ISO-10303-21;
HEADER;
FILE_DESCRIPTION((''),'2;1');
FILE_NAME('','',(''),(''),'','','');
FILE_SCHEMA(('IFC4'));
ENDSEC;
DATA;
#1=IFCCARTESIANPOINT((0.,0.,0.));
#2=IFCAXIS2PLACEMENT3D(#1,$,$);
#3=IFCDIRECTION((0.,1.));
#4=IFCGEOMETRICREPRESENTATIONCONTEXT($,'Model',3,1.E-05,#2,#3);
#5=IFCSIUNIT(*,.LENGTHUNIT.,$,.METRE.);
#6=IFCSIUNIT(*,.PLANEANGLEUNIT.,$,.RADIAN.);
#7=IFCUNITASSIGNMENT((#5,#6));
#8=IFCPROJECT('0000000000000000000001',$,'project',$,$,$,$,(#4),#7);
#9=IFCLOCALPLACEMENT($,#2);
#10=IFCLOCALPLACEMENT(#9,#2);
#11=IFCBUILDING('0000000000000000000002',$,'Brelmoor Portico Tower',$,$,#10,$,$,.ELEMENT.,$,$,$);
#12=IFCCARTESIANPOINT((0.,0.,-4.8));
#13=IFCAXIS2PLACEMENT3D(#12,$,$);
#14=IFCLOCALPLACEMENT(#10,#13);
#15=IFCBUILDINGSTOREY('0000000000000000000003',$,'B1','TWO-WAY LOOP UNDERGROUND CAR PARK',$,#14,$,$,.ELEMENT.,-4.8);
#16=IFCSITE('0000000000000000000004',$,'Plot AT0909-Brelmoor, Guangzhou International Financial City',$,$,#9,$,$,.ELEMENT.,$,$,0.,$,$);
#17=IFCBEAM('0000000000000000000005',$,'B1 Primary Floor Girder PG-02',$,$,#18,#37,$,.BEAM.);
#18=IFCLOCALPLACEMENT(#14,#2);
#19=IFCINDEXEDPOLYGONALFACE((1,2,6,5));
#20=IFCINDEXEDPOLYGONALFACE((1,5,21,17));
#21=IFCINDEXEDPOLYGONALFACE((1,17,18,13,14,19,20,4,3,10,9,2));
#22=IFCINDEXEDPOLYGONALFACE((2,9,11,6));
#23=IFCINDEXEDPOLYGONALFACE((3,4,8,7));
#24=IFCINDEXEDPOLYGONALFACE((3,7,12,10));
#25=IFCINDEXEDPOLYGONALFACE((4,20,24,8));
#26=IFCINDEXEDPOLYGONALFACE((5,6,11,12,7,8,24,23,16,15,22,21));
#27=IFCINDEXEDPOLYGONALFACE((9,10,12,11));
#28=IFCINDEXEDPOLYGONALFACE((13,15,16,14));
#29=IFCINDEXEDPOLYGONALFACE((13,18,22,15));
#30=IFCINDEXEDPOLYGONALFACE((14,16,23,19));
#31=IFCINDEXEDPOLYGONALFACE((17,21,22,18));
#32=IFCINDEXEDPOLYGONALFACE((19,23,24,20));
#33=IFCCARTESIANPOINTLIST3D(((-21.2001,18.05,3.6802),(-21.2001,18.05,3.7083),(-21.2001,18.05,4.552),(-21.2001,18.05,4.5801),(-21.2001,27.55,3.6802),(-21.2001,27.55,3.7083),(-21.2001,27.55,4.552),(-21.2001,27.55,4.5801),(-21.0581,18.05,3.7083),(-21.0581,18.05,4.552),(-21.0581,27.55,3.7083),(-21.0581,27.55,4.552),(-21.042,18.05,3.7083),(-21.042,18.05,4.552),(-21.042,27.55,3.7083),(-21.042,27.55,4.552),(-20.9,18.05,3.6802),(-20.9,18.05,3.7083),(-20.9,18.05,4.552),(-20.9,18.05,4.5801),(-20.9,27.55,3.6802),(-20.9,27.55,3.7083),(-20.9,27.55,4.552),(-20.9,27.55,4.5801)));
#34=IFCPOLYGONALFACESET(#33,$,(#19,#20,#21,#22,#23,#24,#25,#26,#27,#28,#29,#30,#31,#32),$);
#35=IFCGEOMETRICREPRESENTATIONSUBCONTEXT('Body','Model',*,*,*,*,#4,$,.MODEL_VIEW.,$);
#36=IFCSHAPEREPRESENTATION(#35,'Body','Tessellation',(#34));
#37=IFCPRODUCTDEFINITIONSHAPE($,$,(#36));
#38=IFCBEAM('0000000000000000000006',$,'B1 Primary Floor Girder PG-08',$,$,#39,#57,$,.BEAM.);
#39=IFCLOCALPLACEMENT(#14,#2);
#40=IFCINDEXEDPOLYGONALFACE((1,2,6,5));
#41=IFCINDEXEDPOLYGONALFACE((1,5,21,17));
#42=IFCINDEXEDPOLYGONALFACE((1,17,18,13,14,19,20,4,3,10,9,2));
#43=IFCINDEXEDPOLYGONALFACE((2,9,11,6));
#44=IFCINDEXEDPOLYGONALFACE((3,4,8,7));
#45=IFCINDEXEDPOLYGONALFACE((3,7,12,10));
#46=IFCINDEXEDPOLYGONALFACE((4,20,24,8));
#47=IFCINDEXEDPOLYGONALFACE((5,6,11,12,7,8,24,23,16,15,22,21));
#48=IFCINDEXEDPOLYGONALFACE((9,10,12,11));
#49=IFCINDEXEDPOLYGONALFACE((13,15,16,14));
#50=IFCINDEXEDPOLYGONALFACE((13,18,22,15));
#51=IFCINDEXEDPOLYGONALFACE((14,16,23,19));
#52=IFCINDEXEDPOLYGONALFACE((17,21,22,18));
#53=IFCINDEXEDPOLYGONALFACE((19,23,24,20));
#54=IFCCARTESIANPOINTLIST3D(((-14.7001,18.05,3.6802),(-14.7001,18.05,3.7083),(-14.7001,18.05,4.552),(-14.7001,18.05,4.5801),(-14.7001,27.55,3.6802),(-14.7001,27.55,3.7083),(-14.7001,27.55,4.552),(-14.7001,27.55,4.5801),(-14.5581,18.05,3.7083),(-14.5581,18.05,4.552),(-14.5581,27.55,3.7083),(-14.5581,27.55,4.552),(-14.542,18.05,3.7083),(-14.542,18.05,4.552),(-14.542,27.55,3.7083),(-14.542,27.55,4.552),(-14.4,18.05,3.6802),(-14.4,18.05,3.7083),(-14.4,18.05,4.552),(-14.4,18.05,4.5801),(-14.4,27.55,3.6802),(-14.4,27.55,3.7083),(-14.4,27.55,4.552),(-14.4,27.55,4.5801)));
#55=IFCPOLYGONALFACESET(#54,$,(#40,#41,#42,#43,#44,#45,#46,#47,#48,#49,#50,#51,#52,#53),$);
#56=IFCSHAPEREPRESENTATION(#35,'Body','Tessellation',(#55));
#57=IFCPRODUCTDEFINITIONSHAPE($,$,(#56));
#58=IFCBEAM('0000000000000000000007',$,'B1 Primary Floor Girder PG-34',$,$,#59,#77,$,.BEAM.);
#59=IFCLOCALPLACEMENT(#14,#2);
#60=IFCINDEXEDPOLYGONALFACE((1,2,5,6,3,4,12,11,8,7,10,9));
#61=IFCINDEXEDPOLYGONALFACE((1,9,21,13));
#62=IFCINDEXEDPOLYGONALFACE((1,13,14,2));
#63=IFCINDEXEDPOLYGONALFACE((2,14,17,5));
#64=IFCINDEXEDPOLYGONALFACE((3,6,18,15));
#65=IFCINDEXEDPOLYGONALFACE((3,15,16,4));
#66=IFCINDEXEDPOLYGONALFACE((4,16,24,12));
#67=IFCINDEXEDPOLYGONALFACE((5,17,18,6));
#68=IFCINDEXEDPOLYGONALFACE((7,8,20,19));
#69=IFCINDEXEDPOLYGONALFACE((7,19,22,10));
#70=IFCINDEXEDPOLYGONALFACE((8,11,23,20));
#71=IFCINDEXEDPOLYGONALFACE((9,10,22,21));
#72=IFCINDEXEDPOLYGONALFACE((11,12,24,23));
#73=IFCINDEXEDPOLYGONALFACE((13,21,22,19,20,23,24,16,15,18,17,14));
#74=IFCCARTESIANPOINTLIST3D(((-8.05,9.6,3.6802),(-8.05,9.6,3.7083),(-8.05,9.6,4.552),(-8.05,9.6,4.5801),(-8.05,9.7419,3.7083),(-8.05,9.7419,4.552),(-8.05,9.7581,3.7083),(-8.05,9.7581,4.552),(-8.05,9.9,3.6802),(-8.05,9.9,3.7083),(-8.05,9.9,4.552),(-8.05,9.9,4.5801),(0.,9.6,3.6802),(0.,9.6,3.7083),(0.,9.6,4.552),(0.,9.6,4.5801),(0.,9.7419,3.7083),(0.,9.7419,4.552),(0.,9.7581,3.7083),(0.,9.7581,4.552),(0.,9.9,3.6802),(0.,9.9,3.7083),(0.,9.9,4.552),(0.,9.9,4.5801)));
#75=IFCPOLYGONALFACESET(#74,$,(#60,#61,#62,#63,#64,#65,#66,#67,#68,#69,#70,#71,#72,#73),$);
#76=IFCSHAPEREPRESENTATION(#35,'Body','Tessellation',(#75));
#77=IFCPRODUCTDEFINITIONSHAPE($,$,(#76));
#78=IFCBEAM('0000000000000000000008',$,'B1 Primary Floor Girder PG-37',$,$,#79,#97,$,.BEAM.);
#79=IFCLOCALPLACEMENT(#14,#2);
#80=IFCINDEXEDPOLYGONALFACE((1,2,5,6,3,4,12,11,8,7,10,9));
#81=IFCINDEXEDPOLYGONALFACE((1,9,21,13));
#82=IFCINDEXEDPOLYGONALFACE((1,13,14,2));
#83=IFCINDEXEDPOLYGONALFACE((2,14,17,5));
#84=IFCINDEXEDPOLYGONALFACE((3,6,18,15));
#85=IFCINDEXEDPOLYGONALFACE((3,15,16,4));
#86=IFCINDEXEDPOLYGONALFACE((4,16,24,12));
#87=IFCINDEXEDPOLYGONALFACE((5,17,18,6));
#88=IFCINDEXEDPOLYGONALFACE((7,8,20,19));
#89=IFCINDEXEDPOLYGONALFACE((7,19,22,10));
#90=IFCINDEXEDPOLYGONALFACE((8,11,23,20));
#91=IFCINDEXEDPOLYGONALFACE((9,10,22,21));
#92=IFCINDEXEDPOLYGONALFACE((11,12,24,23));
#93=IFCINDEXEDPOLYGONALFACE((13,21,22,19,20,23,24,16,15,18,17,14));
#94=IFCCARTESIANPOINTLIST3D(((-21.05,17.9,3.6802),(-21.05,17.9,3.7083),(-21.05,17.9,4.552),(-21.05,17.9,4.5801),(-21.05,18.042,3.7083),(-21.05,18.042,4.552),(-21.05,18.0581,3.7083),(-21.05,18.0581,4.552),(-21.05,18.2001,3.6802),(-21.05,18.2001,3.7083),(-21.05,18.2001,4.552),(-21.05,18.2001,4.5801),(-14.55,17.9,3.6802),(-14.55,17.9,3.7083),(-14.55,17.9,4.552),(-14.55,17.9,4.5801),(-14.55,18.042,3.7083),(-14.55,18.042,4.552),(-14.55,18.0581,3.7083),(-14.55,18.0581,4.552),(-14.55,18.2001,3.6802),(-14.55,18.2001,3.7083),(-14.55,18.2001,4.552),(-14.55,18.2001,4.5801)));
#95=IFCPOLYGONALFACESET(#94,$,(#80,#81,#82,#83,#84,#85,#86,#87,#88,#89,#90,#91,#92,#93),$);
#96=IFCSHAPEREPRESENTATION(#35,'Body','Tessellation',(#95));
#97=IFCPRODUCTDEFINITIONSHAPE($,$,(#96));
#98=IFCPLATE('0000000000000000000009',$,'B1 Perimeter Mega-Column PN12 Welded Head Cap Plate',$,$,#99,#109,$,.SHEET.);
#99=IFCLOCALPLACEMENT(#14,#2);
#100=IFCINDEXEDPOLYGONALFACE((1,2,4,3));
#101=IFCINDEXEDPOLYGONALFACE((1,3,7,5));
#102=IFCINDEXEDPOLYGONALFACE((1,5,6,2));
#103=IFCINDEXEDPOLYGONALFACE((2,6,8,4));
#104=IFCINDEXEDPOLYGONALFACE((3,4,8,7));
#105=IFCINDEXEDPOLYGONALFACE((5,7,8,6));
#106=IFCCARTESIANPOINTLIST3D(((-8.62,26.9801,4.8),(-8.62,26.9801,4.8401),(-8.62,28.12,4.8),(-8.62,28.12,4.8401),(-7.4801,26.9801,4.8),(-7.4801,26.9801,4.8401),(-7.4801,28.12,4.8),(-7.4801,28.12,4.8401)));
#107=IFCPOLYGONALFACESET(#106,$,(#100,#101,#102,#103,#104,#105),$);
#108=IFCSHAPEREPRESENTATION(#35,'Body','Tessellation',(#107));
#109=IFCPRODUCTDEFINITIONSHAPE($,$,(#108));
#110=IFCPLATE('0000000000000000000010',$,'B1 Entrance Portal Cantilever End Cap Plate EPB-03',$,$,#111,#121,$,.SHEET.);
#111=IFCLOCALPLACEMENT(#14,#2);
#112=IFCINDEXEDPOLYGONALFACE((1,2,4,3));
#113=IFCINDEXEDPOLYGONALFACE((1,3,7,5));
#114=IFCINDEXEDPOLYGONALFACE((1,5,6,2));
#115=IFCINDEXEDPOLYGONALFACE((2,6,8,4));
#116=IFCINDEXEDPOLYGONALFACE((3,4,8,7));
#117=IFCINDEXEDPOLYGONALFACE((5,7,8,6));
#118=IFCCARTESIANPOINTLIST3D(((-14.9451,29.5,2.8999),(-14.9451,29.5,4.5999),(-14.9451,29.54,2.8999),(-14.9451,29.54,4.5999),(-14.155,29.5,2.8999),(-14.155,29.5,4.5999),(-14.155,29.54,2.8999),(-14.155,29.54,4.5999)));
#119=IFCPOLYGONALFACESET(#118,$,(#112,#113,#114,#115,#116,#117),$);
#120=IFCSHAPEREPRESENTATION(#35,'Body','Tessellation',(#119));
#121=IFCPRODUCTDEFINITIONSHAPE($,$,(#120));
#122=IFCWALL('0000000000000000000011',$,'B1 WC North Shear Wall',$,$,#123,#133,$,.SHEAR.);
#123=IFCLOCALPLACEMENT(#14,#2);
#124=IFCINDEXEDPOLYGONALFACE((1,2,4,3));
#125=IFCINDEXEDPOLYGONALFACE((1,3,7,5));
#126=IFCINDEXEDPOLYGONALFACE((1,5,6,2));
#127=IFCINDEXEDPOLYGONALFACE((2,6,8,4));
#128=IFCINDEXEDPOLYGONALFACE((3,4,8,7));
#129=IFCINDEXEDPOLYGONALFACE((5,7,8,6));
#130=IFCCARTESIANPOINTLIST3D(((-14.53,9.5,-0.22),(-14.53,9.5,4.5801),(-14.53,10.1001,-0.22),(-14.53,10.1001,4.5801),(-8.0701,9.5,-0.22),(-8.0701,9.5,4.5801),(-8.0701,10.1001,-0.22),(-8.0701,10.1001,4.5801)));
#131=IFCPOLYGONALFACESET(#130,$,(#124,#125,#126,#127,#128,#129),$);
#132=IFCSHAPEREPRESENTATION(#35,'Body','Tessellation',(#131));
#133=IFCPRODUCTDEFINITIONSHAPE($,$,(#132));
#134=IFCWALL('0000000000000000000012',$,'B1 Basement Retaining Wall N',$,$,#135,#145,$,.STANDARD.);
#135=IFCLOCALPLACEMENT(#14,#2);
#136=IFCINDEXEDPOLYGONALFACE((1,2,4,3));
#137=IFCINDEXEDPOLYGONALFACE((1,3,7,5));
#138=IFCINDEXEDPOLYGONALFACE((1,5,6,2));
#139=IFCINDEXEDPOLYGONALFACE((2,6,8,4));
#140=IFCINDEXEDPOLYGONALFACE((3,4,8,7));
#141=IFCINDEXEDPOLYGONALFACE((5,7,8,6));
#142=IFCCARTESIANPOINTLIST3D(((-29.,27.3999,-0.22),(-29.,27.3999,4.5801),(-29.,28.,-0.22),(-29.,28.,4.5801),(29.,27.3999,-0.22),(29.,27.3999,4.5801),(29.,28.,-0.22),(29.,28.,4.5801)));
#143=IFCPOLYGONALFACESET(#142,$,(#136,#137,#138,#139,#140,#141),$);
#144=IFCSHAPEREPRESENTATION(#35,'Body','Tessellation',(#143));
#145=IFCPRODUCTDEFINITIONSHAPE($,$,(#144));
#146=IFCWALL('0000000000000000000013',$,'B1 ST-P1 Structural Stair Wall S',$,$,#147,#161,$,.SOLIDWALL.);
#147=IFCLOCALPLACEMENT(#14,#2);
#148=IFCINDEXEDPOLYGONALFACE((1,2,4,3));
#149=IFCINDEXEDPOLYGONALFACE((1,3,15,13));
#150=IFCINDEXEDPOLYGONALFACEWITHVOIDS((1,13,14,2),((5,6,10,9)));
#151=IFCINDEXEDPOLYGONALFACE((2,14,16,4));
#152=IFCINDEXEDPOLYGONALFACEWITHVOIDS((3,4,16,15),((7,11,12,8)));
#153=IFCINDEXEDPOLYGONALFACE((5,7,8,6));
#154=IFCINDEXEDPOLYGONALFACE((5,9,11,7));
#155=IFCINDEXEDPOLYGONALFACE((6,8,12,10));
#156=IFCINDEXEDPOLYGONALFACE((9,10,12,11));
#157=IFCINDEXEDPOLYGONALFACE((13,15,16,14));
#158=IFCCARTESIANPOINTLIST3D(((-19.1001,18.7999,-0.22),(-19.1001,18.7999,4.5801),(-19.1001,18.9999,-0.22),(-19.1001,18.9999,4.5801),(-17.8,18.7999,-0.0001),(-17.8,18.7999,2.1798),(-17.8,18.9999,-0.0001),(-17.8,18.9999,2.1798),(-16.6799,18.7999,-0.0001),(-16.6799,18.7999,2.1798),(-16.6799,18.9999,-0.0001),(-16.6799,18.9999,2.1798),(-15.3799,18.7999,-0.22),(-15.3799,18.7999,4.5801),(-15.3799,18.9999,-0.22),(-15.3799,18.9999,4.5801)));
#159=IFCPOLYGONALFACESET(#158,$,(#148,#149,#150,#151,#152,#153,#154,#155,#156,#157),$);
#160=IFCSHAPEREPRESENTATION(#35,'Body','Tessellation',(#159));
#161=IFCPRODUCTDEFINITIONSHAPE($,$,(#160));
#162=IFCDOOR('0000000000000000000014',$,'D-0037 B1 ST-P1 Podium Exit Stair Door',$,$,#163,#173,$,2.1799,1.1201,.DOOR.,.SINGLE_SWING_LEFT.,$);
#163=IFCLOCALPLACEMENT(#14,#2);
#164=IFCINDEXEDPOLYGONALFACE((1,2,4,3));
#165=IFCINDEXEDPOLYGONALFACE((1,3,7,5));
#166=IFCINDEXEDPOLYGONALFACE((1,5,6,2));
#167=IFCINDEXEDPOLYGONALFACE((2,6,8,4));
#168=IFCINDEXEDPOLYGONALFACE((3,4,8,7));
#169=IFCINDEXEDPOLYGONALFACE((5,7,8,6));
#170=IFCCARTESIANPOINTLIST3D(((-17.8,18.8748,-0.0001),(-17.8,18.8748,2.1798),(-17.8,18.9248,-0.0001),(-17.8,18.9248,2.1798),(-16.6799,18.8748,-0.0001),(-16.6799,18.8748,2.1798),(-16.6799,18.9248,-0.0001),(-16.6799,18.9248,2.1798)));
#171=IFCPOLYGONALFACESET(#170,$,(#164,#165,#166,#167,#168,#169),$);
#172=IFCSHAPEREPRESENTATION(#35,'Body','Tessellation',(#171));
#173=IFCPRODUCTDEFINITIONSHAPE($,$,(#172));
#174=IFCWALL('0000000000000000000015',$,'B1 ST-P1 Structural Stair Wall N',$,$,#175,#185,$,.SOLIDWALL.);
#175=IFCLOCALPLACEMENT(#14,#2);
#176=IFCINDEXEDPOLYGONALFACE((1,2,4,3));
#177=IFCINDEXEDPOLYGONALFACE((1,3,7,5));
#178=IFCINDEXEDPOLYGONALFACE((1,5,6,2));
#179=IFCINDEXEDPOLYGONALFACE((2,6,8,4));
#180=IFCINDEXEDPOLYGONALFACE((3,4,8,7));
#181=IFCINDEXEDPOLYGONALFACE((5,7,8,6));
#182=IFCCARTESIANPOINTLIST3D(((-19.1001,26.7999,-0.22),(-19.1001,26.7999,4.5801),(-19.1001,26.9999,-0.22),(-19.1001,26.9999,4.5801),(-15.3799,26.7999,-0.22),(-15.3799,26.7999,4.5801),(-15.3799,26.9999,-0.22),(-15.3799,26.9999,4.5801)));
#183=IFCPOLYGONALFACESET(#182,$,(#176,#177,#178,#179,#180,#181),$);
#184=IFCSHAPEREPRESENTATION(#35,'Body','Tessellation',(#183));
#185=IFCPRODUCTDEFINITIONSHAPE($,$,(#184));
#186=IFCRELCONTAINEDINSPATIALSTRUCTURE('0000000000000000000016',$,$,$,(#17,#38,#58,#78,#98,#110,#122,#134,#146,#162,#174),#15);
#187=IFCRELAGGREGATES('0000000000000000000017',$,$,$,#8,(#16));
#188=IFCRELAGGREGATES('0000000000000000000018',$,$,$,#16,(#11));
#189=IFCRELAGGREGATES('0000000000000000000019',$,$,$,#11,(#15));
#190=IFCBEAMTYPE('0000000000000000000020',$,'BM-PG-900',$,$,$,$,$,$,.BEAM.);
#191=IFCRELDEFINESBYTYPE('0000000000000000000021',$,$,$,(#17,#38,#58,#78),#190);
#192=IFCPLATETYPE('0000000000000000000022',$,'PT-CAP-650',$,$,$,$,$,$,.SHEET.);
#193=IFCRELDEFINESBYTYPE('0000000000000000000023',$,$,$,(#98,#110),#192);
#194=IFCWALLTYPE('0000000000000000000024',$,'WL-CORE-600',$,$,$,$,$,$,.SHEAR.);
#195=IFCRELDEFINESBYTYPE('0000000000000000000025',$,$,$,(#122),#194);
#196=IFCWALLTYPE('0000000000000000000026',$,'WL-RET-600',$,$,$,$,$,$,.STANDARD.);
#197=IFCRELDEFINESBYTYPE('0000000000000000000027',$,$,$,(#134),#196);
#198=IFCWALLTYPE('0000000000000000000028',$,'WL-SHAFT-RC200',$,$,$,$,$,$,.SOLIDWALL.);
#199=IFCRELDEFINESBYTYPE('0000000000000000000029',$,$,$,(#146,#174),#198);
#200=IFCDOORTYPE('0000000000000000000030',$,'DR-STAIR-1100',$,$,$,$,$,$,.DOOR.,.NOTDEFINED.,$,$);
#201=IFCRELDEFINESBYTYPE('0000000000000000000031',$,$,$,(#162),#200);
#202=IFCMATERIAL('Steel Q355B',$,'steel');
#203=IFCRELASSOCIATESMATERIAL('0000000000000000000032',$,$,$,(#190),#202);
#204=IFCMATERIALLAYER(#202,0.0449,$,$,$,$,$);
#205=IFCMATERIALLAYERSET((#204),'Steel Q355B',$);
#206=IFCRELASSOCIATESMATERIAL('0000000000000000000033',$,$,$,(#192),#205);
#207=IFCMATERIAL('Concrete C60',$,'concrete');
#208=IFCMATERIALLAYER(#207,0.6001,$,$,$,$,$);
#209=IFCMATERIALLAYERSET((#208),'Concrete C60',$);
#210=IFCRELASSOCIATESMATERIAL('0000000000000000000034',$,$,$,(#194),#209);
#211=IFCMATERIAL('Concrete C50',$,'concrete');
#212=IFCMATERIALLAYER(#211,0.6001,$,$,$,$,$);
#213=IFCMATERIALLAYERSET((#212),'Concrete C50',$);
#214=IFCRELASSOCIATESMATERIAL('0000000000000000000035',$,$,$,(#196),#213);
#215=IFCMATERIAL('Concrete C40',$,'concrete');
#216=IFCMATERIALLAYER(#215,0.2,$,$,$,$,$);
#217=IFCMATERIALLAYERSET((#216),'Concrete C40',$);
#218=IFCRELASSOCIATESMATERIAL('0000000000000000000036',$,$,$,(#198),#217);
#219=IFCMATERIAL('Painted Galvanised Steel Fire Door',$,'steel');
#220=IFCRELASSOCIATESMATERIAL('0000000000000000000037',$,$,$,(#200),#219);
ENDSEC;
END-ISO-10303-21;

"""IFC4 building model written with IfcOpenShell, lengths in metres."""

from ifc_helpers import new_model, si_unit, direction, frame, frame_2d, origin, origin_2d, place, context, subcontext, project, spatial, rectangle, i_section, extrude, material, layer, layer_set, material_profile, profile_set, type_object, element, fill, save


model = new_model("IFC4")

# Units and contexts
model_context = context("Model", 3, precision=1e-05, world=origin(), true_north=direction((0.0, 1.0)))
body_context = subcontext(model_context, "Body", "Model", "MODEL_VIEW")
ifc_project = project(units=[si_unit("LENGTHUNIT", "METRE"), si_unit("PLANEANGLEUNIT", "RADIAN")], contexts=[model_context])

# Site, building, storey
site_placement = place(None, origin())
site = spatial("IfcSite", under=ifc_project, at=site_placement, Name="Plot AT0909-Brelmoor, Guangzhou International Financial City", CompositionType="ELEMENT", RefElevation=0.0)
building_placement = place(site_placement, origin())
building = spatial("IfcBuilding", under=site, at=building_placement, Name="Brelmoor Portico Tower", CompositionType="ELEMENT")
storey_placement = place(building_placement, frame((0.0, 0.0, -4.8)))
storey = spatial("IfcBuildingStorey", under=building, at=storey_placement, Name="B1", Description="TWO-WAY LOOP UNDERGROUND CAR PARK", CompositionType="ELEMENT", Elevation=-4.8)

# Shared definitions
ifc_material_1 = material(Name="Steel Q355B", Category="steel")

# Beams
ifc_material_profile_1 = material_profile(ifc_material_1, i_section(OverallWidth=0.3, OverallDepth=0.8999, WebThickness=0.0161, FlangeThickness=0.0281, at=origin_2d()), Name="HN 900x300x16x28")
ifc_profile_set_1 = profile_set([ifc_material_profile_1], Name="Steel Q355B")
beam_type_1 = type_object("IfcBeamType", Name="BM-PG-900", PredefinedType="BEAM", material=ifc_profile_set_1)
for number, where, z_axis, x_axis, name in (
    (1, (-21.05, 18.05, 4.1301), (0.0, 1.0, 0.0), (-1.0, 0.0, 0.0), "B1 Primary Floor Girder PG-02"),
    (2, (-14.55, 18.05, 4.1301), (0.0, 1.0, 0.0), (-1.0, 0.0, 0.0), "B1 Primary Floor Girder PG-08"),
):
    element("IfcBeam", number, at=place(storey_placement, frame(where, z_axis=z_axis, x_axis=x_axis)), inside=storey, type_object=beam_type_1, Name=name, PredefinedType="BEAM", context=body_context, shape_type="SweptSolid", body=[
        extrude(i_section(OverallWidth=0.3, OverallDepth=0.8999, WebThickness=0.0161, FlangeThickness=0.0281, at=origin_2d()), origin(), (0.0, 0.0, 1.0), 9.5),
    ])
beam_1_placement = place(storey_placement, frame((-8.05, 9.75, 4.1301), z_axis=(1.0, 0.0, 0.0), x_axis=(0.0, 1.0, 0.0)))
element("IfcBeam", 3, at=beam_1_placement, inside=storey, type_object=beam_type_1, Name="B1 Primary Floor Girder PG-34", PredefinedType="BEAM", context=body_context, shape_type="SweptSolid", body=[
    extrude(i_section(OverallWidth=0.3, OverallDepth=0.8999, WebThickness=0.0161, FlangeThickness=0.0281, at=origin_2d()), origin(), (0.0, 0.0, 1.0), 8.05),
])
beam_2_placement = place(storey_placement, frame((-21.05, 18.05, 4.1301), z_axis=(1.0, 0.0, 0.0), x_axis=(0.0, 1.0, 0.0)))
element("IfcBeam", 4, at=beam_2_placement, inside=storey, type_object=beam_type_1, Name="B1 Primary Floor Girder PG-37", PredefinedType="BEAM", context=body_context, shape_type="SweptSolid", body=[
    extrude(i_section(OverallWidth=0.3, OverallDepth=0.8999, WebThickness=0.0161, FlangeThickness=0.0281, at=origin_2d()), origin(), (0.0, 0.0, 1.0), 6.5),
])

# Plates
ifc_layer_1 = layer(ifc_material_1, 0.0449)
ifc_layer_set_1 = layer_set([ifc_layer_1], Name="Steel Q355B")
plate_type = type_object("IfcPlateType", Name="PT-CAP-650", PredefinedType="SHEET", material=ifc_layer_set_1)
plate_1_placement = place(storey_placement, frame((-8.05, 27.55, 4.8), z_axis=(0.0, 0.0, 1.0), x_axis=(1.0, 0.0, 0.0)))
element("IfcPlate", 5, at=plate_1_placement, inside=storey, type_object=plate_type, Name="B1 Perimeter Mega-Column PN12 Welded Head Cap Plate", PredefinedType="SHEET", context=body_context, shape_type="SweptSolid", body=[
    extrude(rectangle(XDim=1.1399, YDim=1.1399, at=origin_2d()), origin(), (0.0, 0.0, 1.0), 0.04),
])
plate_2_placement = place(storey_placement, frame((-14.55, 29.52, 2.8999), z_axis=(0.0, 0.0, 1.0), x_axis=(1.0, 0.0, 0.0)))
element("IfcPlate", 6, at=plate_2_placement, inside=storey, type_object=plate_type, Name="B1 Entrance Portal Cantilever End Cap Plate EPB-03", PredefinedType="SHEET", context=body_context, shape_type="SweptSolid", body=[
    extrude(rectangle(XDim=0.79, YDim=0.04, at=origin_2d()), origin(), (0.0, 0.0, 1.0), 1.7),
])

# Walls
ifc_material_2 = material(Name="Concrete C60", Category="concrete")
ifc_layer_2 = layer(ifc_material_2, 0.6001)
ifc_layer_set_2 = layer_set([ifc_layer_2], Name="Concrete C60")
wall_type_1 = type_object("IfcWallType", Name="WL-CORE-600", PredefinedType="SHEAR", material=ifc_layer_set_2)
wall_1_placement = place(storey_placement, frame((-14.53, 9.8, -0.22), z_axis=(0.0, 0.0, 1.0), x_axis=(1.0, 0.0, 0.0)))
element("IfcWall", 7, at=wall_1_placement, inside=storey, type_object=wall_type_1, Name="B1 WC North Shear Wall", PredefinedType="SHEAR", context=body_context, shape_type="SweptSolid", body=[
    extrude(rectangle(XDim=6.46, YDim=0.6001, at=frame_2d((3.23, 0.0))), origin(), (0.0, 0.0, 1.0), 4.8),
])
ifc_material_3 = material(Name="Concrete C50", Category="concrete")
ifc_layer_3 = layer(ifc_material_3, 0.6001)
ifc_layer_set_3 = layer_set([ifc_layer_3], Name="Concrete C50")
wall_type_2 = type_object("IfcWallType", Name="WL-RET-600", PredefinedType="STANDARD", material=ifc_layer_set_3)
wall_2_placement = place(storey_placement, frame((-29.0, 27.7, -0.22), z_axis=(0.0, 0.0, 1.0), x_axis=(1.0, 0.0, 0.0)))
element("IfcWall", 8, at=wall_2_placement, inside=storey, type_object=wall_type_2, Name="B1 Basement Retaining Wall N", PredefinedType="STANDARD", context=body_context, shape_type="SweptSolid", body=[
    extrude(rectangle(XDim=58.0, YDim=0.6001, at=frame_2d((29.0, 0.0))), origin(), (0.0, 0.0, 1.0), 4.8),
])

# Wall, opening, door
ifc_material_4 = material(Name="Concrete C40", Category="concrete")
ifc_layer_4 = layer(ifc_material_4, 0.2)
ifc_layer_set_4 = layer_set([ifc_layer_4], Name="Concrete C40")
wall_type_3 = type_object("IfcWallType", Name="WL-SHAFT-RC200", PredefinedType="SOLIDWALL", material=ifc_layer_set_4)
wall_3_placement = place(storey_placement, frame((-19.1001, 18.8999, -0.22), z_axis=(0.0, 0.0, 1.0), x_axis=(1.0, 0.0, 0.0)))
wall_3 = element("IfcWall", 9, at=wall_3_placement, inside=storey, type_object=wall_type_3, Name="B1 ST-P1 Structural Stair Wall S", PredefinedType="SOLIDWALL", context=body_context, shape_type="SweptSolid", body=[
    extrude(rectangle(XDim=3.7202, YDim=0.2, at=frame_2d((1.8601, 0.0))), origin(), (0.0, 0.0, 1.0), 4.8),
])
opening_placement = place(wall_3_placement, frame((1.3, 0.0, 0.22)))
opening = element("IfcOpeningElement", 10, at=opening_placement, cuts=wall_3, PredefinedType="OPENING", context=body_context, shape_type="SweptSolid", body=[
    extrude(rectangle(XDim=1.1201, YDim=2.1799, at=frame_2d((0.5601, 1.0898))), frame((0.0, 0.1099, 0.0), z_axis=(0.0, -1.0, 0.0), x_axis=(1.0, 0.0, 0.0)), (0.0, 0.0, 1.0), 0.22),
])
ifc_material_5 = material(Name="Painted Galvanised Steel Fire Door", Category="steel")
door_type = type_object("IfcDoorType", Name="DR-STAIR-1100", OperationType="NOTDEFINED", PredefinedType="DOOR", material=ifc_material_5)
door_placement = place(opening_placement, origin())
door = element("IfcDoor", 11, at=door_placement, inside=storey, type_object=door_type, Name="D-0037 B1 ST-P1 Podium Exit Stair Door", OperationType="SINGLE_SWING_LEFT", OverallHeight=2.1799, OverallWidth=1.1201, PredefinedType="DOOR", context=body_context, shape_type="SweptSolid", body=[
    extrude(rectangle(XDim=1.1201, YDim=2.1799, at=frame_2d((0.5601, 1.0898))), frame((0.0, 0.0249, 0.0), z_axis=(0.0, -1.0, 0.0), x_axis=(1.0, 0.0, 0.0)), (0.0, 0.0, 1.0), 0.05),
])
fill(opening, door)

# Wall
wall_4_placement = place(storey_placement, frame((-19.1001, 26.8999, -0.22), z_axis=(0.0, 0.0, 1.0), x_axis=(1.0, 0.0, 0.0)))
element("IfcWall", 12, at=wall_4_placement, inside=storey, type_object=wall_type_3, Name="B1 ST-P1 Structural Stair Wall N", PredefinedType="SOLIDWALL", context=body_context, shape_type="SweptSolid", body=[
    extrude(rectangle(XDim=3.7202, YDim=0.2, at=frame_2d((1.8601, 0.0))), origin(), (0.0, 0.0, 1.0), 4.8),
])

save(model, "model.ifc")
